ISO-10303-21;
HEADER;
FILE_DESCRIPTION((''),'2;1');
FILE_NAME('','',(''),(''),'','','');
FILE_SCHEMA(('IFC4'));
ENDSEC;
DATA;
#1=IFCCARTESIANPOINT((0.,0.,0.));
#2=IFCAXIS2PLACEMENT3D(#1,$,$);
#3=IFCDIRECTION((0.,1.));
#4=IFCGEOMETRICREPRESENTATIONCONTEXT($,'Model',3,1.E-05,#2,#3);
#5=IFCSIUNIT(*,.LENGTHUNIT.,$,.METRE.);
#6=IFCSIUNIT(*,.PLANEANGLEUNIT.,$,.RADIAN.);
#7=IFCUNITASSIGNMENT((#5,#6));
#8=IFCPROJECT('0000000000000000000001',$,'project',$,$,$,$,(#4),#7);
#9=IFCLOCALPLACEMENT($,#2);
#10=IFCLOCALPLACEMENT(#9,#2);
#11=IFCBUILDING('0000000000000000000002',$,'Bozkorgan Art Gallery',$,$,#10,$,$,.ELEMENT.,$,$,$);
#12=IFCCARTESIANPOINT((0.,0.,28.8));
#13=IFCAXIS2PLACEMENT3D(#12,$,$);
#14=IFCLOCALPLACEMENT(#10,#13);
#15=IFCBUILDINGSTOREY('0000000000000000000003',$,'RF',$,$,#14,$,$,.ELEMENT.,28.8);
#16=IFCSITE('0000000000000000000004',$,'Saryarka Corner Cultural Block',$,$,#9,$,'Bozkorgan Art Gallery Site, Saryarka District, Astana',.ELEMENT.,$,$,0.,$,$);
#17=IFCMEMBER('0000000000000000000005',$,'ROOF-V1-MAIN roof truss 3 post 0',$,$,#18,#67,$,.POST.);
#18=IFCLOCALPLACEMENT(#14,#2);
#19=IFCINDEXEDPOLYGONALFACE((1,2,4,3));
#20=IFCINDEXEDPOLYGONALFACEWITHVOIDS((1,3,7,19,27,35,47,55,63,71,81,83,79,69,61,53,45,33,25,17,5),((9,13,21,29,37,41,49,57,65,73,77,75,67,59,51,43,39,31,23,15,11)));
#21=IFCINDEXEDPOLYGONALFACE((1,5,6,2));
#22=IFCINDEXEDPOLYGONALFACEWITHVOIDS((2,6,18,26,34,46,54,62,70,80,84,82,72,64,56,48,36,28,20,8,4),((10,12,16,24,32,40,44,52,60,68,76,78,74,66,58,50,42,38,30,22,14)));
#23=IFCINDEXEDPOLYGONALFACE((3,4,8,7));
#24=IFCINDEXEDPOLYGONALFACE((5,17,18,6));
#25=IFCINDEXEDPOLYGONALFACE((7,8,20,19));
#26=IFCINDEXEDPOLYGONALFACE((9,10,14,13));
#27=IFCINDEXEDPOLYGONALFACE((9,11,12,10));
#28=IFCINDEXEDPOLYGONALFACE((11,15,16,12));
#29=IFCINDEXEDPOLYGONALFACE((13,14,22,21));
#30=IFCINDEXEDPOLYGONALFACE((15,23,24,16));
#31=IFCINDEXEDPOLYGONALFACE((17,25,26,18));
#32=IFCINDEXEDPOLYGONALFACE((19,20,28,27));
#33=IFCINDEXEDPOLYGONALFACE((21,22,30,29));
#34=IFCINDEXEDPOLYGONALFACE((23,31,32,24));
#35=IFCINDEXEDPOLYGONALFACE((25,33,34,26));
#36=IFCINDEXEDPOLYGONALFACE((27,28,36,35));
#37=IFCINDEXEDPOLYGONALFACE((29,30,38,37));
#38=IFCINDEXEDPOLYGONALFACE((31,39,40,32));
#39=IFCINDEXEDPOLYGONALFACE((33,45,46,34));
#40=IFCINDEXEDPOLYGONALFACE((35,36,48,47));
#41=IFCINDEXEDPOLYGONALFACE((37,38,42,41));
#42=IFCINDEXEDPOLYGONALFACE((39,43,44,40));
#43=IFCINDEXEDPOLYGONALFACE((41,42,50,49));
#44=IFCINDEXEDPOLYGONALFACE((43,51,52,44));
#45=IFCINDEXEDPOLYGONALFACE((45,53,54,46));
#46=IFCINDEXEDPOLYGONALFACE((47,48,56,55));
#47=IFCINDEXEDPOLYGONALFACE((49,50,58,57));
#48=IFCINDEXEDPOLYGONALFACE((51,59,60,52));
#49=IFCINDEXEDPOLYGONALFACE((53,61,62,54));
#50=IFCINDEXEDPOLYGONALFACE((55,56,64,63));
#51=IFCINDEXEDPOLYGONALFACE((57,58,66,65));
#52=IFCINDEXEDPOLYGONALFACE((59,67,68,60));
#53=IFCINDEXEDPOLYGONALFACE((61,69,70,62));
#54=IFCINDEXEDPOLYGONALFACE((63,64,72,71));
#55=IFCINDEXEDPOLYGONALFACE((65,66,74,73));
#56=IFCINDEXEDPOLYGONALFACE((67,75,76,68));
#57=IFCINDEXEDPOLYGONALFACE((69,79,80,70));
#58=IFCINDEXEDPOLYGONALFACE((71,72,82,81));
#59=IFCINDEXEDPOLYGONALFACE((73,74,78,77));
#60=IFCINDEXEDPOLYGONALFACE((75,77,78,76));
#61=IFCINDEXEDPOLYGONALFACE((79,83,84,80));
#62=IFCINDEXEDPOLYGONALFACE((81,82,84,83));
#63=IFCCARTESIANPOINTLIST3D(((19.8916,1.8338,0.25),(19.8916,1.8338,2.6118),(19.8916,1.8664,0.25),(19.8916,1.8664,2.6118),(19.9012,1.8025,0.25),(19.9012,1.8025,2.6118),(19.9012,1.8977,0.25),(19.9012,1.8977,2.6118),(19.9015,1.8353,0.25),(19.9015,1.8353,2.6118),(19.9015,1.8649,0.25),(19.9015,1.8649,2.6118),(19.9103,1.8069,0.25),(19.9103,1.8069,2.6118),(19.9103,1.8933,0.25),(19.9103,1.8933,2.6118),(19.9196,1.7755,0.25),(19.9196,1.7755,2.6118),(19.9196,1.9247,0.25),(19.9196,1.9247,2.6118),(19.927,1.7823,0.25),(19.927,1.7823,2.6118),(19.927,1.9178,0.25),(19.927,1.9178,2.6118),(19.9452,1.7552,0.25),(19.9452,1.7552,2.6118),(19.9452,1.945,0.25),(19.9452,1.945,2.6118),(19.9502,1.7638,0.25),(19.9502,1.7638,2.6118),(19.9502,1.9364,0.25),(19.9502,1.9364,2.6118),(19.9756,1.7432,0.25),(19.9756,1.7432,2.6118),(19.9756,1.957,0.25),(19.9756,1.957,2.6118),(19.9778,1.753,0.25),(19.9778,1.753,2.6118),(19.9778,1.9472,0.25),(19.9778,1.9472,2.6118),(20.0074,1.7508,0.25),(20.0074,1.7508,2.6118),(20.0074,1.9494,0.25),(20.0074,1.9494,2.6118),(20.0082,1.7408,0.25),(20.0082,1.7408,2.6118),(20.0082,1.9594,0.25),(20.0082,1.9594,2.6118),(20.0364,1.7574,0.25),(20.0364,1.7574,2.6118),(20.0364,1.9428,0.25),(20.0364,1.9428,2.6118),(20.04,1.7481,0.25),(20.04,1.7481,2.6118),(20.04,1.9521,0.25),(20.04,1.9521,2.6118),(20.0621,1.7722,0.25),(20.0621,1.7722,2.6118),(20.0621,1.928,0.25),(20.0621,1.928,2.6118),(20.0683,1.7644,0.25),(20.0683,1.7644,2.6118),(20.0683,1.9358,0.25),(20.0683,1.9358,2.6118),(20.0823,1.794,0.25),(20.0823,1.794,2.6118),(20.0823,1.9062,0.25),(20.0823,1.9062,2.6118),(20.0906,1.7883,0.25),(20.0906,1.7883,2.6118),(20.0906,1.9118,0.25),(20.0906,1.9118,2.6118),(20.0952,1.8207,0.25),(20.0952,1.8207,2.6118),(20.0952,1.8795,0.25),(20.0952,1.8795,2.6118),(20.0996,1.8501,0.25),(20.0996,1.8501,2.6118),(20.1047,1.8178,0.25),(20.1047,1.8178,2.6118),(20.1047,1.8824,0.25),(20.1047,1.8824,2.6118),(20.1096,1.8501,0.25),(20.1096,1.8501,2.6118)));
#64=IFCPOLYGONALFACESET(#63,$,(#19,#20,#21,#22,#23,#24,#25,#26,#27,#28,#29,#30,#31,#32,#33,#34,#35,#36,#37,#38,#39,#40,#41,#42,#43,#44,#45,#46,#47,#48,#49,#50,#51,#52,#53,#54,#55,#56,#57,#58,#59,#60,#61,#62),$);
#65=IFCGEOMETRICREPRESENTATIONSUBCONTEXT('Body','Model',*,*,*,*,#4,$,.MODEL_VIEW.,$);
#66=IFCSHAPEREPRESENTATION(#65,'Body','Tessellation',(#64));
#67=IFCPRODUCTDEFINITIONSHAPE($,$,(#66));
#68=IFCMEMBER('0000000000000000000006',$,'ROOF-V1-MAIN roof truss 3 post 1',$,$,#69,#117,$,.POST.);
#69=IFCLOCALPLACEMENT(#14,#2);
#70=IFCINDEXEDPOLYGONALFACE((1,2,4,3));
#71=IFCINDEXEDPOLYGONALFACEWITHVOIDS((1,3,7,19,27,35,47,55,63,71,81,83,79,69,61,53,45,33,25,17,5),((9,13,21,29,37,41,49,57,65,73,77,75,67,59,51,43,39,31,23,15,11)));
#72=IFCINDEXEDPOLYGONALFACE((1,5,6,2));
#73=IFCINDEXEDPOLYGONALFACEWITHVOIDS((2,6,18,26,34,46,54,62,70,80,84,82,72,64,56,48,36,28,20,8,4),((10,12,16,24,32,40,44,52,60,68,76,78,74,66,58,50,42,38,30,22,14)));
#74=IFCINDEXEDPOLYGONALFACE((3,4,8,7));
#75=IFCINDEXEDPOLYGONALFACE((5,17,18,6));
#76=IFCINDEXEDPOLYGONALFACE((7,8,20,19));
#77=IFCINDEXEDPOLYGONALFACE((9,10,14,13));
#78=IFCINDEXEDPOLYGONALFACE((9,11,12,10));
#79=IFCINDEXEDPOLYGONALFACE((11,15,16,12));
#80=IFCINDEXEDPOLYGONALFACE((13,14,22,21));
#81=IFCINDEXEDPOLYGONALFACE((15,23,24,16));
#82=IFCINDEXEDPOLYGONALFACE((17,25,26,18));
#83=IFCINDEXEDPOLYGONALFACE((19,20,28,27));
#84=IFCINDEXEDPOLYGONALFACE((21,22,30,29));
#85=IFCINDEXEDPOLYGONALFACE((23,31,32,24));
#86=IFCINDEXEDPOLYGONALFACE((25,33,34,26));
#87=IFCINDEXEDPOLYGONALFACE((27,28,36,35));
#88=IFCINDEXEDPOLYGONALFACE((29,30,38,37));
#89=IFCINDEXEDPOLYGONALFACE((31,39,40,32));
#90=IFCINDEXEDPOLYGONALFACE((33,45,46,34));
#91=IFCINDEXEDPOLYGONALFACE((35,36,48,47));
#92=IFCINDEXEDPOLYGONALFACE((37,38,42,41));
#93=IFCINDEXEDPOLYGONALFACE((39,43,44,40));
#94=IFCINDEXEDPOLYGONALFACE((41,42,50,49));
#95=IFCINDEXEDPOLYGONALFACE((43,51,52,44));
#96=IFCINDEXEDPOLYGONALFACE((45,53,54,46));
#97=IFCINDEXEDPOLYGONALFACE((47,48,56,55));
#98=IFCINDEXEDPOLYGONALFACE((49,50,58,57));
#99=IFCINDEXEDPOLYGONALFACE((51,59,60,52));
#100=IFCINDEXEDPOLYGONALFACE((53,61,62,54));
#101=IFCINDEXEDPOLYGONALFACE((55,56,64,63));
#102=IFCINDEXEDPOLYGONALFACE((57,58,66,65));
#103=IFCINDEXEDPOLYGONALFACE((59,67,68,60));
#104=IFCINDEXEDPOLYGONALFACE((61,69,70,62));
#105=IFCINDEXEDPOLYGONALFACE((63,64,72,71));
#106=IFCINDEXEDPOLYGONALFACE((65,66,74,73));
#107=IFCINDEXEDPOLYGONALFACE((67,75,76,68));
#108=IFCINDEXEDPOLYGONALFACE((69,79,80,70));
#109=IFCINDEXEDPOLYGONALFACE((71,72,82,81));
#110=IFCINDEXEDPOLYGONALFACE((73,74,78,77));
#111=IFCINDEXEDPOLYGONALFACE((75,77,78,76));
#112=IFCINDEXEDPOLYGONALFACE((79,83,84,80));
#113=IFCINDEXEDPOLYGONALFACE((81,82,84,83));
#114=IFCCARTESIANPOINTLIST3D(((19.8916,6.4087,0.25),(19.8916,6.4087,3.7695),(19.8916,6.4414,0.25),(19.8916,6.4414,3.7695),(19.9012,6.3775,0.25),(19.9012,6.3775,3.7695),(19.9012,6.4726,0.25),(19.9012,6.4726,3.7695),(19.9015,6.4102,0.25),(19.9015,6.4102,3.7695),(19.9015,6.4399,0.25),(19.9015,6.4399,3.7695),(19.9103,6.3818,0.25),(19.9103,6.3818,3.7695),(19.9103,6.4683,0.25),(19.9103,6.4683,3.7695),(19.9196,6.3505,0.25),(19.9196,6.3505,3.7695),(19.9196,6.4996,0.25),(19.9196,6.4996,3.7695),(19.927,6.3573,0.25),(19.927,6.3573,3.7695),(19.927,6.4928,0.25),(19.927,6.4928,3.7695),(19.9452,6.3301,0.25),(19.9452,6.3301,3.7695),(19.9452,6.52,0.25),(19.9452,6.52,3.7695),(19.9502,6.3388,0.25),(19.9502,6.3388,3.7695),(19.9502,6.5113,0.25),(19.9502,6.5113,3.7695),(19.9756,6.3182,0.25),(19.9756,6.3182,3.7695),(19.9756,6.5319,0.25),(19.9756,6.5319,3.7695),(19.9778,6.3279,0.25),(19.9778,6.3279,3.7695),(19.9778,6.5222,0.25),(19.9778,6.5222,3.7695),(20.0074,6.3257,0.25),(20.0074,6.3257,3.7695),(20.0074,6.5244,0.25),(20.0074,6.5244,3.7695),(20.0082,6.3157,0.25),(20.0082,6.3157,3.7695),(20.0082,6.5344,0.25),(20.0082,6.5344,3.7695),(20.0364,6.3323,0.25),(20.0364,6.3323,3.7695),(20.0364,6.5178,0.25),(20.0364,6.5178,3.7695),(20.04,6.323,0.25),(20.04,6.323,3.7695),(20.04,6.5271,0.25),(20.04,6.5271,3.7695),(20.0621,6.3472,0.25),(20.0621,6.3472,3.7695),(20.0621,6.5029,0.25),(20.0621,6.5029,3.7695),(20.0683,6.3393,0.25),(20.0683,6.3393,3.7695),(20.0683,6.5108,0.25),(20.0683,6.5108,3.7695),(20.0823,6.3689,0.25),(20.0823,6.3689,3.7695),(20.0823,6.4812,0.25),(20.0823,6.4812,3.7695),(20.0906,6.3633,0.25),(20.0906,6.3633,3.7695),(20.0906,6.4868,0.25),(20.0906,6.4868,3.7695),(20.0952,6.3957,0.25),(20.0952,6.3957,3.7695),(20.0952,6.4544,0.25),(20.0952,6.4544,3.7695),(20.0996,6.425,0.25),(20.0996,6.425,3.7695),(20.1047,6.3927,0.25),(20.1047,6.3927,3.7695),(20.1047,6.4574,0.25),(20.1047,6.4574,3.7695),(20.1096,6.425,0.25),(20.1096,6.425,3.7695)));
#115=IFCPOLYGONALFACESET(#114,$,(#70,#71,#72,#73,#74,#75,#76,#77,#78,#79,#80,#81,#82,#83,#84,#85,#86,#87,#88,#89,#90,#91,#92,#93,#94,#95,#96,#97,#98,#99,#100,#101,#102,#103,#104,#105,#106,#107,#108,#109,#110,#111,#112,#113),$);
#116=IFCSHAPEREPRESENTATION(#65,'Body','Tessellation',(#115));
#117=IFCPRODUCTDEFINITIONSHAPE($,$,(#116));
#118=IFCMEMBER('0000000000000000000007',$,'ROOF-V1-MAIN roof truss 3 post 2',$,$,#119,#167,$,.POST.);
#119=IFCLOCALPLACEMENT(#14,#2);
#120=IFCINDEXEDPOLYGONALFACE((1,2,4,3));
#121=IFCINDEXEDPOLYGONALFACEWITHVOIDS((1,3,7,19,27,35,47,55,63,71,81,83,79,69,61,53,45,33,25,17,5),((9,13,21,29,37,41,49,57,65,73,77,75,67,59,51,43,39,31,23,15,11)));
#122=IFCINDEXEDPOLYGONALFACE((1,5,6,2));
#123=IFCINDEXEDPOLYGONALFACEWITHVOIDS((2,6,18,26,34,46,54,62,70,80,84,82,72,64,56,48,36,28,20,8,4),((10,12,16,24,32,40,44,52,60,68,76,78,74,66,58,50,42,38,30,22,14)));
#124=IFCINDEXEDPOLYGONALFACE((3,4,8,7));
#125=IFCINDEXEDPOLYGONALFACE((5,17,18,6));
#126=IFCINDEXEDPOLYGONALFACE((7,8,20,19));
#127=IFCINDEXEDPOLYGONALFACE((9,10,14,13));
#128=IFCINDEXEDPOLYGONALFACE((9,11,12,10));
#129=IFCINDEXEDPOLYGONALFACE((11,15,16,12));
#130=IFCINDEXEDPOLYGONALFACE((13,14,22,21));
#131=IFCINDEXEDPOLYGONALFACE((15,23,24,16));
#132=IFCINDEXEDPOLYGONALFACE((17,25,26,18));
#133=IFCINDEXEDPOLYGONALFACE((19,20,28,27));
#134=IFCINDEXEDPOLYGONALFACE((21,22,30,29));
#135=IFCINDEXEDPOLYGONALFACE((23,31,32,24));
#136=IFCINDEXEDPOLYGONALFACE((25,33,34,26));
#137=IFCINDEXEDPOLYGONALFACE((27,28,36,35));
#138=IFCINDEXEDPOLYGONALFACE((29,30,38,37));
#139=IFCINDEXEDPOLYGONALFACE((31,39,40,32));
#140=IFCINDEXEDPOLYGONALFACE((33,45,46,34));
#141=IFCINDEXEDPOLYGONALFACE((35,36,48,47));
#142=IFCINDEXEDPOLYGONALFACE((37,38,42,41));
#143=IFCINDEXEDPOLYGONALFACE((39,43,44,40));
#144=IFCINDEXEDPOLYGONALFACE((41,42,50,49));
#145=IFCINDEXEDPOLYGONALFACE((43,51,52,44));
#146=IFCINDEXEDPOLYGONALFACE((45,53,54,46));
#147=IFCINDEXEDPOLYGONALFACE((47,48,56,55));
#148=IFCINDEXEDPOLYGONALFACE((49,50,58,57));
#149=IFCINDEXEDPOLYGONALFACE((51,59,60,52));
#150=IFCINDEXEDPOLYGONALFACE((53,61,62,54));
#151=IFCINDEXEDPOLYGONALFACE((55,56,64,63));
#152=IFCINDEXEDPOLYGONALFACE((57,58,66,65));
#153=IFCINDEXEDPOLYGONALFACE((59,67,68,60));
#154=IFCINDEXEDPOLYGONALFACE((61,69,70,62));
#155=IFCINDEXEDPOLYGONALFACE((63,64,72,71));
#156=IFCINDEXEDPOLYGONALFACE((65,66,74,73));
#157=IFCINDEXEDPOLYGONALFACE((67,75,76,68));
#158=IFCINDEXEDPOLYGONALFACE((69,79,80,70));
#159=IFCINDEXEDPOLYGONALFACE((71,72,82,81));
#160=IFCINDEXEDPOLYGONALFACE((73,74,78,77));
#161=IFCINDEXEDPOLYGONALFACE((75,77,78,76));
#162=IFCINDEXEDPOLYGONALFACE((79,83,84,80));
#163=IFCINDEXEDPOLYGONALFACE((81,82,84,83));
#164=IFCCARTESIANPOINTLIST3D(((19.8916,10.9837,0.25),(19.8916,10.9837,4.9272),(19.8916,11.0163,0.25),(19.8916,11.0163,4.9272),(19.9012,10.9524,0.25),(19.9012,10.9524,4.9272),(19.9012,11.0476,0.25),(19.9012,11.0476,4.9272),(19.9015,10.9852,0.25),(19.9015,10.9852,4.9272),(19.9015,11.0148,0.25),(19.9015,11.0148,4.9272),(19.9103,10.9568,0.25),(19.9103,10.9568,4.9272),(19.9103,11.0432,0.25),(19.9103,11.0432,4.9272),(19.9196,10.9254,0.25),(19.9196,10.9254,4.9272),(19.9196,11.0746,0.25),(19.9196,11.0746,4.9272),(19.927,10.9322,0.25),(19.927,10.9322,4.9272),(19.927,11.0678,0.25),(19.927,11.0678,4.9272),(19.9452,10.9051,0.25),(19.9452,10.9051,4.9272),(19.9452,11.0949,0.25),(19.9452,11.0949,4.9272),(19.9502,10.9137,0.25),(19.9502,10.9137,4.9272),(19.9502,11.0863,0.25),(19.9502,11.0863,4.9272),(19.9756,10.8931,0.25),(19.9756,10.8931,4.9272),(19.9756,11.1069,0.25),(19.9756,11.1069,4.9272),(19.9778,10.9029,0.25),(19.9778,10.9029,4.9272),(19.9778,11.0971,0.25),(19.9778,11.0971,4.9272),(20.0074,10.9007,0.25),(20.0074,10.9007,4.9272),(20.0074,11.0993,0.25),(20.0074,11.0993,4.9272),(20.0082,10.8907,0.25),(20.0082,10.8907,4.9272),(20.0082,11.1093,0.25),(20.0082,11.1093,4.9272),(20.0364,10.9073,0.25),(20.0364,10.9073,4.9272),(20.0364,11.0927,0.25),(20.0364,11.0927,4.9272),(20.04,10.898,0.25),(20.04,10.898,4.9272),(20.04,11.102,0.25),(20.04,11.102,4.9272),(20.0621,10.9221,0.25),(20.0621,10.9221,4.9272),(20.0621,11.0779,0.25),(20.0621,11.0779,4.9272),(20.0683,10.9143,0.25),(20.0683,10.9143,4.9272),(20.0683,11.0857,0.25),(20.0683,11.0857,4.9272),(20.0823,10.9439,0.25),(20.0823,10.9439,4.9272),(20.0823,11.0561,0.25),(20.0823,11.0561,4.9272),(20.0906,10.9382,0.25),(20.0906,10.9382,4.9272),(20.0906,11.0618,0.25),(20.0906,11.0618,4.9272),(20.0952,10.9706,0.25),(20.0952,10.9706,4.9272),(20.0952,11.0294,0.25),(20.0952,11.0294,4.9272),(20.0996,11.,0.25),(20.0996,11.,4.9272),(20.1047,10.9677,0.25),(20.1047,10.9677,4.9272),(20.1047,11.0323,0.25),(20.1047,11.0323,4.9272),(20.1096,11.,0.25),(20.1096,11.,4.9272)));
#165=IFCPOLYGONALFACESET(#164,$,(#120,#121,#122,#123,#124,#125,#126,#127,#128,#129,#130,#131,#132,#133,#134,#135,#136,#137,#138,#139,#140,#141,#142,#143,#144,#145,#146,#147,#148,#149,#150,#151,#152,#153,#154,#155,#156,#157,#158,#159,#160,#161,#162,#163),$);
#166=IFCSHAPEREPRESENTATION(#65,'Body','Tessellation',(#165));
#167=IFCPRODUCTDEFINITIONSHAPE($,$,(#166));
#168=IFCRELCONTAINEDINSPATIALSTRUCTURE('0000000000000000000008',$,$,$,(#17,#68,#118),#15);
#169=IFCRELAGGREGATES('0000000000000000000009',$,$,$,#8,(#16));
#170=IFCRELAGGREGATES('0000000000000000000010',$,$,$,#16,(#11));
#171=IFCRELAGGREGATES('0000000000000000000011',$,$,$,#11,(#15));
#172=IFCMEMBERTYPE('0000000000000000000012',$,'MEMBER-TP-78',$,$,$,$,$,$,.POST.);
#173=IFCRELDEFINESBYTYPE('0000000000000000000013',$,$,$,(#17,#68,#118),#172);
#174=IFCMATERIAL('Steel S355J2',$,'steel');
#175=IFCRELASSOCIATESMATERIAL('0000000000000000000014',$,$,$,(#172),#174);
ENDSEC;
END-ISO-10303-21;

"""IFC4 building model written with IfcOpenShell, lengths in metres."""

from ifc_helpers import new_model, si_unit, direction, frame, origin, origin_2d, place, context, subcontext, project, spatial, hollow_circle, extrude, material, material_profile, profile_set, type_object, element, save


model = new_model("IFC4")

# Units and contexts
model_context = context("Model", 3, precision=1e-05, world=origin(), true_north=direction((0.0, 1.0)))
body_context = subcontext(model_context, "Body", "Model", "MODEL_VIEW")
ifc_project = project(units=[si_unit("LENGTHUNIT", "METRE"), si_unit("PLANEANGLEUNIT", "RADIAN")], contexts=[model_context])

# Site, building, storey
site_placement = place(None, origin())
site = spatial("IfcSite", under=ifc_project, at=site_placement, Name="Saryarka Corner Cultural Block", LongName="Bozkorgan Art Gallery Site, Saryarka District, Astana", CompositionType="ELEMENT", RefElevation=0.0)
building_placement = place(site_placement, origin())
building = spatial("IfcBuilding", under=site, at=building_placement, Name="Bozkorgan Art Gallery", CompositionType="ELEMENT")
storey_placement = place(building_placement, frame((0.0, 0.0, 28.8)))
storey = spatial("IfcBuildingStorey", under=building, at=storey_placement, Name="RF", CompositionType="ELEMENT", Elevation=28.8)

# Shared definitions
ifc_material_1 = material(Name="Steel S355J2", Category="steel")

# Members
ifc_material_profile_1 = material_profile(ifc_material_1, hollow_circle(Radius=0.1096, WallThickness=0.01, at=origin_2d()), Name="CHS 219.1x10")
ifc_profile_set_1 = profile_set([ifc_material_profile_1], Name="Steel S355J2")
member_type_1 = type_object("IfcMemberType", Name="MEMBER-TP-78", PredefinedType="POST", material=ifc_profile_set_1)
member_1_placement = place(storey_placement, frame((20.0, 1.8501, 0.25), z_axis=(0.0, 0.0, 1.0), x_axis=(1.0, 0.0, 0.0)))
element("IfcMember", 1, at=member_1_placement, inside=storey, type_object=member_type_1, Name="ROOF-V1-MAIN roof truss 3 post 0", PredefinedType="POST", context=body_context, shape_type="SweptSolid", body=[
    extrude(hollow_circle(Radius=0.1096, WallThickness=0.01, at=origin_2d()), origin(), (0.0, 0.0, 1.0), 2.3618),
])
member_2_placement = place(storey_placement, frame((20.0, 6.425, 0.25), z_axis=(0.0, 0.0, 1.0), x_axis=(1.0, 0.0, 0.0)))
element("IfcMember", 2, at=member_2_placement, inside=storey, type_object=member_type_1, Name="ROOF-V1-MAIN roof truss 3 post 1", PredefinedType="POST", context=body_context, shape_type="SweptSolid", body=[
    extrude(hollow_circle(Radius=0.1096, WallThickness=0.01, at=origin_2d()), origin(), (0.0, 0.0, 1.0), 3.5195),
])
member_3_placement = place(storey_placement, frame((20.0, 11.0, 0.25), z_axis=(0.0, 0.0, 1.0), x_axis=(1.0, 0.0, 0.0)))
element("IfcMember", 3, at=member_3_placement, inside=storey, type_object=member_type_1, Name="ROOF-V1-MAIN roof truss 3 post 2", PredefinedType="POST", context=body_context, shape_type="SweptSolid", body=[
    extrude(hollow_circle(Radius=0.1096, WallThickness=0.01, at=origin_2d()), origin(), (0.0, 0.0, 1.0), 4.6772),
])

save(model, "model.ifc")
